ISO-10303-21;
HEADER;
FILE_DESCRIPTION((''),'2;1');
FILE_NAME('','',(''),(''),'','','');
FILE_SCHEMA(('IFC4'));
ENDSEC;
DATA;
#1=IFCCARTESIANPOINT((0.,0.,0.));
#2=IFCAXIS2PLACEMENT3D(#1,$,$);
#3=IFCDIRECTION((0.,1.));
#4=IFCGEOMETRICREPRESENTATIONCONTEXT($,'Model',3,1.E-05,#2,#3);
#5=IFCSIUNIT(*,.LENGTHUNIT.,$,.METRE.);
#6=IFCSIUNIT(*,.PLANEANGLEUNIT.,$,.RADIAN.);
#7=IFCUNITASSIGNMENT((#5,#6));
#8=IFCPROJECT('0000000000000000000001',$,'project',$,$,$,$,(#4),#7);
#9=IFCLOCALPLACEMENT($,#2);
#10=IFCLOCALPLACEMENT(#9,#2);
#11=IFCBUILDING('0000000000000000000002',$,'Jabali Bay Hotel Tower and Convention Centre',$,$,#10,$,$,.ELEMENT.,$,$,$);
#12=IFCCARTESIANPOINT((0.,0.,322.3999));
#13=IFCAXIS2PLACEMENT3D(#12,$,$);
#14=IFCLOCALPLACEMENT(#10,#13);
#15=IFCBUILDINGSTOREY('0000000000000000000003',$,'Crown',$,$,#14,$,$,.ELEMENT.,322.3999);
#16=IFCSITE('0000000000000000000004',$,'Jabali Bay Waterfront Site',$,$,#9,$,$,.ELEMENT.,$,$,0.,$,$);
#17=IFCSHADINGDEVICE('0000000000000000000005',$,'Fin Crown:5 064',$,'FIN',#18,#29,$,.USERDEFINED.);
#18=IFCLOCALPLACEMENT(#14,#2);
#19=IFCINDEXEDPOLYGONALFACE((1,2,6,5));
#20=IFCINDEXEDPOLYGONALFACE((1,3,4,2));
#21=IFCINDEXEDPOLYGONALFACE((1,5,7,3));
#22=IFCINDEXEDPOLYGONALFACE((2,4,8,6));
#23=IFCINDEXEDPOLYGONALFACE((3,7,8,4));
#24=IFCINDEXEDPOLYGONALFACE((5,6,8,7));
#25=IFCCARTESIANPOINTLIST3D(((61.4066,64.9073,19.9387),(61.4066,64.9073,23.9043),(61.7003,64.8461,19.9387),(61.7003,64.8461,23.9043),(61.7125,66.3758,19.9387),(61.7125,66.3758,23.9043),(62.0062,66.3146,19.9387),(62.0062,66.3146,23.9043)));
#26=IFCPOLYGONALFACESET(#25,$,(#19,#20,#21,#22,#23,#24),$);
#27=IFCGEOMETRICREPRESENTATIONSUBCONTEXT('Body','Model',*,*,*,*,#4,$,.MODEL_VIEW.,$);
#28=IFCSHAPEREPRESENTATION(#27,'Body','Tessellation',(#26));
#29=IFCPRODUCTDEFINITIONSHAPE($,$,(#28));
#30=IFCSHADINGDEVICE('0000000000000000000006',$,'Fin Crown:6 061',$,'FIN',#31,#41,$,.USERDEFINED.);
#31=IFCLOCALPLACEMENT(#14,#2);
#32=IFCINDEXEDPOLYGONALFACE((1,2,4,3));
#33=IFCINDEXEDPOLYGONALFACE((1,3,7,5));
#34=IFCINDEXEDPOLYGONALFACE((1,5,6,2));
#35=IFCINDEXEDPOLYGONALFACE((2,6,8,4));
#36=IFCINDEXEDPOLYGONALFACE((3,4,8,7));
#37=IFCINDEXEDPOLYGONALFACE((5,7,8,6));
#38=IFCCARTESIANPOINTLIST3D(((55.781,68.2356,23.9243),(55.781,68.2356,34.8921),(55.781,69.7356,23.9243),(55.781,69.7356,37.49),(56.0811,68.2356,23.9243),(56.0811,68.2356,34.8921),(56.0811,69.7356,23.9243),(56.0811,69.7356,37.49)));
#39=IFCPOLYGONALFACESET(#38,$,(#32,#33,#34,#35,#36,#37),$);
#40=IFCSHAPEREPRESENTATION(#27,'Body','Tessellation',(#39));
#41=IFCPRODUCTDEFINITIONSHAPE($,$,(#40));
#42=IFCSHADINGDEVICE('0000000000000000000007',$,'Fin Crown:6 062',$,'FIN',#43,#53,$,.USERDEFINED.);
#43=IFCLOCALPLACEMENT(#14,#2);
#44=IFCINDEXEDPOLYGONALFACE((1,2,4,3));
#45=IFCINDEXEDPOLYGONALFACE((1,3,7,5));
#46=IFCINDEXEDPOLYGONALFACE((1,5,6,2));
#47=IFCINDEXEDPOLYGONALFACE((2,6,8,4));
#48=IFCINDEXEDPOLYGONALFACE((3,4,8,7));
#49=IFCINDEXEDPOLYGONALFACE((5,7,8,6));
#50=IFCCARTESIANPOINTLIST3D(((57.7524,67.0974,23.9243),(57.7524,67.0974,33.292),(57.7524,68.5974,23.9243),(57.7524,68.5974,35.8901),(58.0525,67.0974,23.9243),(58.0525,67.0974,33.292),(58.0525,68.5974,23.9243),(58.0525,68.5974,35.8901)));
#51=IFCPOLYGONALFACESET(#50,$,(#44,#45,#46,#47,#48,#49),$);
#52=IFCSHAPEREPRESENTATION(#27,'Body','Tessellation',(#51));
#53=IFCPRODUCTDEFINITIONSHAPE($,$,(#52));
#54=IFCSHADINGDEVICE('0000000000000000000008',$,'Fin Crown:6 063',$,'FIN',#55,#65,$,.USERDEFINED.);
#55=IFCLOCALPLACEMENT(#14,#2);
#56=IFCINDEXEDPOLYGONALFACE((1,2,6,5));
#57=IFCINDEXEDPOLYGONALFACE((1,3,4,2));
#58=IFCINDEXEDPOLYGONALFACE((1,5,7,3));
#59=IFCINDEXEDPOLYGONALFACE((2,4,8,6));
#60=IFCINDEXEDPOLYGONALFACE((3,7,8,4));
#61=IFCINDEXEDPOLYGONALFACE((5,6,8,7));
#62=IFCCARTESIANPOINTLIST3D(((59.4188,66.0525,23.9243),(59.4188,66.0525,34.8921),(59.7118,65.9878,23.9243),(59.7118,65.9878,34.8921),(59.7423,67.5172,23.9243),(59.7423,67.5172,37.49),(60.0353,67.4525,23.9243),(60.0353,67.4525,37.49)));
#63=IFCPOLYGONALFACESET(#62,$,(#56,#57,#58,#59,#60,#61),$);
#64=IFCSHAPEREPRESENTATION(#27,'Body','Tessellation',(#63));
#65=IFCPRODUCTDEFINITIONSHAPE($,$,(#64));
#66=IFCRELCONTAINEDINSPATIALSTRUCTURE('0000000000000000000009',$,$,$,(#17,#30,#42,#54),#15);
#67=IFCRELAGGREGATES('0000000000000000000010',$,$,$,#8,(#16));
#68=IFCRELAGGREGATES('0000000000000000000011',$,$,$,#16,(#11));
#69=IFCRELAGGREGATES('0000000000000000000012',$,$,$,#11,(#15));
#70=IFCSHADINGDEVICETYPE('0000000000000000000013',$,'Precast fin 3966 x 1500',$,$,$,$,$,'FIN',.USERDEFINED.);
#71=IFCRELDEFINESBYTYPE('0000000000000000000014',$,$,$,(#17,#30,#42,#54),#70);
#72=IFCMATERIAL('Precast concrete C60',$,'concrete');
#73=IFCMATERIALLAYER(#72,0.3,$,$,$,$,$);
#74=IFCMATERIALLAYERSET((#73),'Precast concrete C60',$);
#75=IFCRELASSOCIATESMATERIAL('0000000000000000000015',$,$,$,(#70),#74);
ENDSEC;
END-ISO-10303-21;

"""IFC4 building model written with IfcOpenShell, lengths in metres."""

from ifc_helpers import new_model, si_unit, direction, frame, frame_2d, origin, place, context, subcontext, project, spatial, polyline, rectangle, outline, extrude, material, layer, layer_set, type_object, element, save


model = new_model("IFC4")

# Units and contexts
model_context = context("Model", 3, precision=1e-05, world=origin(), true_north=direction((0.0, 1.0)))
body_context = subcontext(model_context, "Body", "Model", "MODEL_VIEW")
ifc_project = project(units=[si_unit("LENGTHUNIT", "METRE"), si_unit("PLANEANGLEUNIT", "RADIAN")], contexts=[model_context])

# Site, building, storey
site_placement = place(None, origin())
site = spatial("IfcSite", under=ifc_project, at=site_placement, Name="Jabali Bay Waterfront Site", CompositionType="ELEMENT", RefElevation=0.0)
building_placement = place(site_placement, origin())
building = spatial("IfcBuilding", under=site, at=building_placement, Name="Jabali Bay Hotel Tower and Convention Centre", CompositionType="ELEMENT")
storey_placement = place(building_placement, frame((0.0, 0.0, 322.3999)))
storey = spatial("IfcBuildingStorey", under=building, at=storey_placement, Name="Crown", CompositionType="ELEMENT", Elevation=322.3999)

# Shading devices
ifc_material_1 = material(Name="Precast concrete C60", Category="concrete")
ifc_layer_1 = layer(ifc_material_1, 0.3)
ifc_layer_set_1 = layer_set([ifc_layer_1], Name="Precast concrete C60")
shading_device_type = type_object("IfcShadingDeviceType", Name="Precast fin 3966 x 1500", ElementType="FIN", PredefinedType="USERDEFINED", material=ifc_layer_set_1)
for number, where, z_axis, x_axis, name in (
    (1, (61.8594, 66.3452, 19.9387), (0.0, 0.0, 1.0), (-0.203935, -0.978984, 0.0), "Fin Crown:5 064"),
):
    element("IfcShadingDevice", number, at=place(storey_placement, frame(where, z_axis=z_axis, x_axis=x_axis)), inside=storey, type_object=shading_device_type, Name=name, ObjectType="FIN", PredefinedType="USERDEFINED", context=body_context, shape_type="SweptSolid", body=[
        extrude(rectangle(XDim=1.5, YDim=0.3, at=frame_2d((0.75, 0.0))), origin(), (0.0, 0.0, 1.0), 3.9656),
    ])
shading_device_1_placement = place(storey_placement, frame((55.9312, 69.7356, 23.9243), z_axis=(0.0, 0.0, 1.0), x_axis=(0.0, -1.0, 0.0)))
element("IfcShadingDevice", 2, at=shading_device_1_placement, inside=storey, type_object=shading_device_type, Name="Fin Crown:6 061", ObjectType="FIN", PredefinedType="USERDEFINED", context=body_context, shape_type="SweptSolid", body=[
    extrude(outline(polyline([(0.0, 0.0), (1.5, 0.0), (1.5, 10.9678), (0.0, 13.5657), (0.0, 0.0)])), frame((0.0, 0.1499, 0.0), z_axis=(0.0, -1.0, 0.0), x_axis=(1.0, 0.0, 0.0)), (0.0, 0.0, 1.0), 0.3),
])
shading_device_2_placement = place(storey_placement, frame((57.9026, 68.5974, 23.9243), z_axis=(0.0, 0.0, 1.0), x_axis=(0.0, -1.0, 0.0)))
element("IfcShadingDevice", 3, at=shading_device_2_placement, inside=storey, type_object=shading_device_type, Name="Fin Crown:6 062", ObjectType="FIN", PredefinedType="USERDEFINED", context=body_context, shape_type="SweptSolid", body=[
    extrude(outline(polyline([(0.0, 0.0), (1.5, 0.0), (1.5, 9.3677), (0.0, 11.9658), (0.0, 0.0)])), frame((0.0, 0.1499, 0.0), z_axis=(0.0, -1.0, 0.0), x_axis=(1.0, 0.0, 0.0)), (0.0, 0.0, 1.0), 0.3),
])
shading_device_3_placement = place(storey_placement, frame((59.8889, 67.4849, 23.9243), z_axis=(0.0, 0.0, 1.0), x_axis=(-0.215672, -0.976466, 0.0)))
element("IfcShadingDevice", 4, at=shading_device_3_placement, inside=storey, type_object=shading_device_type, Name="Fin Crown:6 063", ObjectType="FIN", PredefinedType="USERDEFINED", context=body_context, shape_type="SweptSolid", body=[
    extrude(outline(polyline([(0.0, 0.0), (1.5, 0.0), (1.5, 10.9678), (0.0, 13.5657), (0.0, 0.0)])), frame((0.0, 0.1499, 0.0), z_axis=(0.0, -1.0, 0.0), x_axis=(1.0, 0.0, 0.0)), (0.0, 0.0, 1.0), 0.3),
])

save(model, "model.ifc")
